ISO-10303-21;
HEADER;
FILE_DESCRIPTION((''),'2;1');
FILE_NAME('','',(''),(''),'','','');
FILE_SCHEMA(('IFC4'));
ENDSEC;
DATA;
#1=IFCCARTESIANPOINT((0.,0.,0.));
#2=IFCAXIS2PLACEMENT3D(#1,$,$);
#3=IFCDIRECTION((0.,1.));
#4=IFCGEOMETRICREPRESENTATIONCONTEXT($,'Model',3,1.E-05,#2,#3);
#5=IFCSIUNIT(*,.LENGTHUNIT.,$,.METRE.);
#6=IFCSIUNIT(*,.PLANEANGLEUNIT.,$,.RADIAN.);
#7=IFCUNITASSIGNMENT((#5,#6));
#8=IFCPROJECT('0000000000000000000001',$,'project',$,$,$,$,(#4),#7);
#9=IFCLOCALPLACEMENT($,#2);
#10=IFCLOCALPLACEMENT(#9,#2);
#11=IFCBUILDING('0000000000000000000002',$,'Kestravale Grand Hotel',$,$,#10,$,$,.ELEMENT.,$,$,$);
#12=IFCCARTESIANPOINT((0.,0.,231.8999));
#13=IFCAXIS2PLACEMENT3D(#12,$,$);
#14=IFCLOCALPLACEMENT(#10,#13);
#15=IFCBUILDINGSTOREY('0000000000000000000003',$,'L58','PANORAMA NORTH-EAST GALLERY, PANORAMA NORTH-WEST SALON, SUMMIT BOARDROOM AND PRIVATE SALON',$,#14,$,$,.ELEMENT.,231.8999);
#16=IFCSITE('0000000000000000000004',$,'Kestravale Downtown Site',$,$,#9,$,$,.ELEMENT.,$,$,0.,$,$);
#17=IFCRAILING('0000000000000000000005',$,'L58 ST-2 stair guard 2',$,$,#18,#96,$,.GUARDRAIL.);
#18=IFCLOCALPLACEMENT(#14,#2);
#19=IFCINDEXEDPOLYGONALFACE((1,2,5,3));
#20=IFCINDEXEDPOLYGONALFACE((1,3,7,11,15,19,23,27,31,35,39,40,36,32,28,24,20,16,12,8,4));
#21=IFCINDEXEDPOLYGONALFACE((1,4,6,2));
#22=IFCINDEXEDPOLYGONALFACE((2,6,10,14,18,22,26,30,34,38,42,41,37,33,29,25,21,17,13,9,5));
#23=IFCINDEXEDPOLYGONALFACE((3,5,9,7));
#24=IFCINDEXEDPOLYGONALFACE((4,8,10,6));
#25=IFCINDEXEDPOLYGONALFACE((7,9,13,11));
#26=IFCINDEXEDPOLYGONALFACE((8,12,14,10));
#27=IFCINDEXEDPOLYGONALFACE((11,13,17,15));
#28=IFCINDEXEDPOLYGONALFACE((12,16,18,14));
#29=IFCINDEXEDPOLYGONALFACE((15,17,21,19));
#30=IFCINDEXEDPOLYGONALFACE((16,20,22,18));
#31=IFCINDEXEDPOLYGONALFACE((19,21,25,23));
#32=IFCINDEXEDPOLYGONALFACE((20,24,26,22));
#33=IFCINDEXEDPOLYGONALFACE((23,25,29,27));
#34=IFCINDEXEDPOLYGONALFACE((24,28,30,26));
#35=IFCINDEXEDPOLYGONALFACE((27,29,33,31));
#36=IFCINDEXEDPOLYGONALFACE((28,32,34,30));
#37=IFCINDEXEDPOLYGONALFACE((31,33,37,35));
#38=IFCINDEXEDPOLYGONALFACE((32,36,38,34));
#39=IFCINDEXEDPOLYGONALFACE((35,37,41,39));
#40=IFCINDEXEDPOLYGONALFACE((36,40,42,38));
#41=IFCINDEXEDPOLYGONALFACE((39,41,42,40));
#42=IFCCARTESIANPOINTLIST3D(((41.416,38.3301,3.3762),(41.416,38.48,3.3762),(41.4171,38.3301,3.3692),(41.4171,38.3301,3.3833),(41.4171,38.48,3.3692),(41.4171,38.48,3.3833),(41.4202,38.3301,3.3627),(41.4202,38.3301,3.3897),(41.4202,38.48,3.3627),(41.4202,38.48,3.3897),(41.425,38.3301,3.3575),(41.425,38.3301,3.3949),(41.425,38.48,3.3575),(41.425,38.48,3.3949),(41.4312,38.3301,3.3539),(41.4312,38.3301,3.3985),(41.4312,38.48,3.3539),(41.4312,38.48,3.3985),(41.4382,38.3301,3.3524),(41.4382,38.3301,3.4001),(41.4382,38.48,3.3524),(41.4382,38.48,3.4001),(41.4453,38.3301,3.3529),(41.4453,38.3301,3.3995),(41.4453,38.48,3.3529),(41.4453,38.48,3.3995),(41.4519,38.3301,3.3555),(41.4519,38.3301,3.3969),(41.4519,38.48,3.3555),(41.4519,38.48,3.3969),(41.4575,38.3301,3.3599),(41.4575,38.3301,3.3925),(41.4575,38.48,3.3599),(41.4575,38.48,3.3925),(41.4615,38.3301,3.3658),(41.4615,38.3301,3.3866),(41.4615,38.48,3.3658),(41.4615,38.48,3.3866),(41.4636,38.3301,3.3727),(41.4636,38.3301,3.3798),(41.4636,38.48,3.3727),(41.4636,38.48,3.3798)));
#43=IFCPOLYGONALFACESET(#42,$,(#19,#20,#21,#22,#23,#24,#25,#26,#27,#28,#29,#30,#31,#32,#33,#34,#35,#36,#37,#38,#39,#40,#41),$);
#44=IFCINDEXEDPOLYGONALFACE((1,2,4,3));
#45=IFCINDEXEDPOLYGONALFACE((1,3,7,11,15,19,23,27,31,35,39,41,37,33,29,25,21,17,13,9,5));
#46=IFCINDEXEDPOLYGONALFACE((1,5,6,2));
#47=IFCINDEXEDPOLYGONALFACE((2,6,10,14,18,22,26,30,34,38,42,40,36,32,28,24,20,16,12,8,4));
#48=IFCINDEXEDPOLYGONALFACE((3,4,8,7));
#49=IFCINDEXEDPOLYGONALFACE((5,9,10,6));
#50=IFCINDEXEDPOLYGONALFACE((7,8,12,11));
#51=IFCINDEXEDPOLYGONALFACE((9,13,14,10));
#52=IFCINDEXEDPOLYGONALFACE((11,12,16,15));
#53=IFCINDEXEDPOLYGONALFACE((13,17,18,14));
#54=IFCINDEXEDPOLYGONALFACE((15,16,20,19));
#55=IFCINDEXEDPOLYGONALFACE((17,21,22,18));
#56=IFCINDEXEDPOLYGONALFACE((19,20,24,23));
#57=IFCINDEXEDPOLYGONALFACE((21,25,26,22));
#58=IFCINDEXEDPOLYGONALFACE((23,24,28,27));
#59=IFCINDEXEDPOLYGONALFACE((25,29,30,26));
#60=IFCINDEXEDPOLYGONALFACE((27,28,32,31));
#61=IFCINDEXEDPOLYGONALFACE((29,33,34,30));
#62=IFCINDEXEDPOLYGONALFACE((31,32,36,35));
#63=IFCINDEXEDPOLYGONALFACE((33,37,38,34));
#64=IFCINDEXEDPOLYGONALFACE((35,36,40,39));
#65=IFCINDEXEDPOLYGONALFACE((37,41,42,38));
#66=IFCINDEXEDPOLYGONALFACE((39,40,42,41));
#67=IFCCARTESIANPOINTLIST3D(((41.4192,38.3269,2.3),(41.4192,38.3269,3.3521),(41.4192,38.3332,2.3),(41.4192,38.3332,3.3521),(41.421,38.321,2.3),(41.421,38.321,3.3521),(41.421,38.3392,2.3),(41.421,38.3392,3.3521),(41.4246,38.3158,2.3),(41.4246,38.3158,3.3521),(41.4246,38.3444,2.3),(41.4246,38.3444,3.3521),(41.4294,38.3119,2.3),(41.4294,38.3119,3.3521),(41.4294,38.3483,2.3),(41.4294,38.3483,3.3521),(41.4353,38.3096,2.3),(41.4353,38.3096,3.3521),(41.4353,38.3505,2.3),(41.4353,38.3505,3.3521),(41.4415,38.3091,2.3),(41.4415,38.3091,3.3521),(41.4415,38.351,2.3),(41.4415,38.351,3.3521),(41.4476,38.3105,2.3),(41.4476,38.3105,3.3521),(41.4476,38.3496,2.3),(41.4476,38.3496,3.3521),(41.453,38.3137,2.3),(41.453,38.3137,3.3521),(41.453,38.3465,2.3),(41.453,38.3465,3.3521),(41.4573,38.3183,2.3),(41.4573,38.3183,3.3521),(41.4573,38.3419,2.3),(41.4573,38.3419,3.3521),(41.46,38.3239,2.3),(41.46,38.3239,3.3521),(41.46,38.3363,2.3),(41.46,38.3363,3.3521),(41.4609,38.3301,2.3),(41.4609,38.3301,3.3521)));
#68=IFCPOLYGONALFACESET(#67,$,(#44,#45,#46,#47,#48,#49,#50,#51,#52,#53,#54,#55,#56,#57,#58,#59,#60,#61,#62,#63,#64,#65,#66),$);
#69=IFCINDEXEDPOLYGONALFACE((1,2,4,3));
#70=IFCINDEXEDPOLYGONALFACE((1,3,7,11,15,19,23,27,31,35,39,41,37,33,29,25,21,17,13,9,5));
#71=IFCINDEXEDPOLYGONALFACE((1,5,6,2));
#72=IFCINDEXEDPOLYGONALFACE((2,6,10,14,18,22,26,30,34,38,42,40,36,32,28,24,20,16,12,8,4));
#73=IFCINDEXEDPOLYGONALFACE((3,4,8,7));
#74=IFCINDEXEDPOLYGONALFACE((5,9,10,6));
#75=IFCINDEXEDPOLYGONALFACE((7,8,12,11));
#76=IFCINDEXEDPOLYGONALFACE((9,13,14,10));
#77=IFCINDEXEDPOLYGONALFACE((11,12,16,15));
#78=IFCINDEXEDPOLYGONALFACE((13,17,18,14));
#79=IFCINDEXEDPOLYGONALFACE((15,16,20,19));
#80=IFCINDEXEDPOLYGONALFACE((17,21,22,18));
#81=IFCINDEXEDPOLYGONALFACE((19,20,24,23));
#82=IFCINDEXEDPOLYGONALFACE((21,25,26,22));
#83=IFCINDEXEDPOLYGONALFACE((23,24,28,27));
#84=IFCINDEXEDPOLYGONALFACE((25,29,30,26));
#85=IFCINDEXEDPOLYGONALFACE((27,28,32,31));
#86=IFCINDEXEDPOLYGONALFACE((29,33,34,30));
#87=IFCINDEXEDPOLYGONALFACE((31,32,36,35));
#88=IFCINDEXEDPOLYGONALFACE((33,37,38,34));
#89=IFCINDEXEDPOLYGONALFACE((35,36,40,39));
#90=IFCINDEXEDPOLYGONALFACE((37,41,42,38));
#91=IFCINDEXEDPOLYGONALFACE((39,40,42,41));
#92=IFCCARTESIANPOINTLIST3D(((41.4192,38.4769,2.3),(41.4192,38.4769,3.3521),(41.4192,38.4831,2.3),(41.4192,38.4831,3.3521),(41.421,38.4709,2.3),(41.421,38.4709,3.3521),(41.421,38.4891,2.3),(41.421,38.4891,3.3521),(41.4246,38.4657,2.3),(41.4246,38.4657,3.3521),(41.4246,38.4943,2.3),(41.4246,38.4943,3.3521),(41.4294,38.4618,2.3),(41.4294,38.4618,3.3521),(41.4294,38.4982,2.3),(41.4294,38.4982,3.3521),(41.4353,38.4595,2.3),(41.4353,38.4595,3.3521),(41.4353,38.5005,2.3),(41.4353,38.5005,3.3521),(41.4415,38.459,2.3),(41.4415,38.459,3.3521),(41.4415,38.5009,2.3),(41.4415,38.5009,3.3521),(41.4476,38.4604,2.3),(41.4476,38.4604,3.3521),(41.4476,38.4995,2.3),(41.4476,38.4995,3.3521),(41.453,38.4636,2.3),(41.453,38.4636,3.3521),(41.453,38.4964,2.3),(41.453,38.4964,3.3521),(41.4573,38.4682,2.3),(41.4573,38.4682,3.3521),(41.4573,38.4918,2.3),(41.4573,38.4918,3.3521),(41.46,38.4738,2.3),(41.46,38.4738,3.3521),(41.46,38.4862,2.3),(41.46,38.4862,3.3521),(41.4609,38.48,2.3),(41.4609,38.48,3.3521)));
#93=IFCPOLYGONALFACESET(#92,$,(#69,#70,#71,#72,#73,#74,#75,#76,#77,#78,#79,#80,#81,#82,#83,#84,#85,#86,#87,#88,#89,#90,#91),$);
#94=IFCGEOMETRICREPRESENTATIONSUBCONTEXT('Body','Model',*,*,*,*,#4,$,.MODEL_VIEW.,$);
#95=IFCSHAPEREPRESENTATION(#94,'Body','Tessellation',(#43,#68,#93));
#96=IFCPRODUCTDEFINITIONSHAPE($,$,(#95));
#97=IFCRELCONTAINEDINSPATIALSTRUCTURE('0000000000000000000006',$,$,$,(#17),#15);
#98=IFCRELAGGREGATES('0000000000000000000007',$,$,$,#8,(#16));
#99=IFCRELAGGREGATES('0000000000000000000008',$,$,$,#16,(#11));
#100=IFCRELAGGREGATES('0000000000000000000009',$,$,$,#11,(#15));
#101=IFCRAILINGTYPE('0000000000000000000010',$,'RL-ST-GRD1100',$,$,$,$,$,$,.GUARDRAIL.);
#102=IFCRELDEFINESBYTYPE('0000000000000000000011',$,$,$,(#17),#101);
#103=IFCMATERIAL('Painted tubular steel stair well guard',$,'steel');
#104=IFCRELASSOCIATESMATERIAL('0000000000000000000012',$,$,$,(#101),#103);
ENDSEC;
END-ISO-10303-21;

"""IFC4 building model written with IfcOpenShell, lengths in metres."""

from ifc_helpers import new_model, si_unit, direction, frame, origin, origin_2d, place, context, subcontext, project, spatial, circle, extrude, material, type_object, element, save


model = new_model("IFC4")

# Units and contexts
model_context = context("Model", 3, precision=1e-05, world=origin(), true_north=direction((0.0, 1.0)))
body_context = subcontext(model_context, "Body", "Model", "MODEL_VIEW")
ifc_project = project(units=[si_unit("LENGTHUNIT", "METRE"), si_unit("PLANEANGLEUNIT", "RADIAN")], contexts=[model_context])

# Site, building, storey
site_placement = place(None, origin())
site = spatial("IfcSite", under=ifc_project, at=site_placement, Name="Kestravale Downtown Site", CompositionType="ELEMENT", RefElevation=0.0)
building_placement = place(site_placement, origin())
building = spatial("IfcBuilding", under=site, at=building_placement, Name="Kestravale Grand Hotel", CompositionType="ELEMENT")
storey_placement = place(building_placement, frame((0.0, 0.0, 231.8999)))
storey = spatial("IfcBuildingStorey", under=building, at=storey_placement, Name="L58", Description="PANORAMA NORTH-EAST GALLERY, PANORAMA NORTH-WEST SALON, SUMMIT BOARDROOM AND PRIVATE SALON", CompositionType="ELEMENT", Elevation=231.8999)

# Railing
ifc_material_1 = material(Name="Painted tubular steel stair well guard", Category="steel")
railing_type_1 = type_object("IfcRailingType", Name="RL-ST-GRD1100", PredefinedType="GUARDRAIL", material=ifc_material_1)
railing_1_placement = place(storey_placement, frame((41.4399, 38.3301, 2.3)))
element("IfcRailing", 1, at=railing_1_placement, inside=storey, type_object=railing_type_1, Name="L58 ST-2 stair guard 2", PredefinedType="GUARDRAIL", context=body_context, shape_type="SweptSolid", body=[
    extrude(circle(Radius=0.0239, at=origin_2d()), frame((0.0, 0.0, 1.0762), z_axis=(0.0, 1.0, 0.0), x_axis=(-1.0, 0.0, 0.0)), (0.0, 0.0, 1.0), 0.1499),
    extrude(circle(Radius=0.021, at=origin_2d()), origin(), (0.0, 0.0, 1.0), 1.052),
    extrude(circle(Radius=0.021, at=origin_2d()), frame((0.0, 0.1499, 0.0)), (0.0, 0.0, 1.0), 1.052),
])

save(model, "model.ifc")
